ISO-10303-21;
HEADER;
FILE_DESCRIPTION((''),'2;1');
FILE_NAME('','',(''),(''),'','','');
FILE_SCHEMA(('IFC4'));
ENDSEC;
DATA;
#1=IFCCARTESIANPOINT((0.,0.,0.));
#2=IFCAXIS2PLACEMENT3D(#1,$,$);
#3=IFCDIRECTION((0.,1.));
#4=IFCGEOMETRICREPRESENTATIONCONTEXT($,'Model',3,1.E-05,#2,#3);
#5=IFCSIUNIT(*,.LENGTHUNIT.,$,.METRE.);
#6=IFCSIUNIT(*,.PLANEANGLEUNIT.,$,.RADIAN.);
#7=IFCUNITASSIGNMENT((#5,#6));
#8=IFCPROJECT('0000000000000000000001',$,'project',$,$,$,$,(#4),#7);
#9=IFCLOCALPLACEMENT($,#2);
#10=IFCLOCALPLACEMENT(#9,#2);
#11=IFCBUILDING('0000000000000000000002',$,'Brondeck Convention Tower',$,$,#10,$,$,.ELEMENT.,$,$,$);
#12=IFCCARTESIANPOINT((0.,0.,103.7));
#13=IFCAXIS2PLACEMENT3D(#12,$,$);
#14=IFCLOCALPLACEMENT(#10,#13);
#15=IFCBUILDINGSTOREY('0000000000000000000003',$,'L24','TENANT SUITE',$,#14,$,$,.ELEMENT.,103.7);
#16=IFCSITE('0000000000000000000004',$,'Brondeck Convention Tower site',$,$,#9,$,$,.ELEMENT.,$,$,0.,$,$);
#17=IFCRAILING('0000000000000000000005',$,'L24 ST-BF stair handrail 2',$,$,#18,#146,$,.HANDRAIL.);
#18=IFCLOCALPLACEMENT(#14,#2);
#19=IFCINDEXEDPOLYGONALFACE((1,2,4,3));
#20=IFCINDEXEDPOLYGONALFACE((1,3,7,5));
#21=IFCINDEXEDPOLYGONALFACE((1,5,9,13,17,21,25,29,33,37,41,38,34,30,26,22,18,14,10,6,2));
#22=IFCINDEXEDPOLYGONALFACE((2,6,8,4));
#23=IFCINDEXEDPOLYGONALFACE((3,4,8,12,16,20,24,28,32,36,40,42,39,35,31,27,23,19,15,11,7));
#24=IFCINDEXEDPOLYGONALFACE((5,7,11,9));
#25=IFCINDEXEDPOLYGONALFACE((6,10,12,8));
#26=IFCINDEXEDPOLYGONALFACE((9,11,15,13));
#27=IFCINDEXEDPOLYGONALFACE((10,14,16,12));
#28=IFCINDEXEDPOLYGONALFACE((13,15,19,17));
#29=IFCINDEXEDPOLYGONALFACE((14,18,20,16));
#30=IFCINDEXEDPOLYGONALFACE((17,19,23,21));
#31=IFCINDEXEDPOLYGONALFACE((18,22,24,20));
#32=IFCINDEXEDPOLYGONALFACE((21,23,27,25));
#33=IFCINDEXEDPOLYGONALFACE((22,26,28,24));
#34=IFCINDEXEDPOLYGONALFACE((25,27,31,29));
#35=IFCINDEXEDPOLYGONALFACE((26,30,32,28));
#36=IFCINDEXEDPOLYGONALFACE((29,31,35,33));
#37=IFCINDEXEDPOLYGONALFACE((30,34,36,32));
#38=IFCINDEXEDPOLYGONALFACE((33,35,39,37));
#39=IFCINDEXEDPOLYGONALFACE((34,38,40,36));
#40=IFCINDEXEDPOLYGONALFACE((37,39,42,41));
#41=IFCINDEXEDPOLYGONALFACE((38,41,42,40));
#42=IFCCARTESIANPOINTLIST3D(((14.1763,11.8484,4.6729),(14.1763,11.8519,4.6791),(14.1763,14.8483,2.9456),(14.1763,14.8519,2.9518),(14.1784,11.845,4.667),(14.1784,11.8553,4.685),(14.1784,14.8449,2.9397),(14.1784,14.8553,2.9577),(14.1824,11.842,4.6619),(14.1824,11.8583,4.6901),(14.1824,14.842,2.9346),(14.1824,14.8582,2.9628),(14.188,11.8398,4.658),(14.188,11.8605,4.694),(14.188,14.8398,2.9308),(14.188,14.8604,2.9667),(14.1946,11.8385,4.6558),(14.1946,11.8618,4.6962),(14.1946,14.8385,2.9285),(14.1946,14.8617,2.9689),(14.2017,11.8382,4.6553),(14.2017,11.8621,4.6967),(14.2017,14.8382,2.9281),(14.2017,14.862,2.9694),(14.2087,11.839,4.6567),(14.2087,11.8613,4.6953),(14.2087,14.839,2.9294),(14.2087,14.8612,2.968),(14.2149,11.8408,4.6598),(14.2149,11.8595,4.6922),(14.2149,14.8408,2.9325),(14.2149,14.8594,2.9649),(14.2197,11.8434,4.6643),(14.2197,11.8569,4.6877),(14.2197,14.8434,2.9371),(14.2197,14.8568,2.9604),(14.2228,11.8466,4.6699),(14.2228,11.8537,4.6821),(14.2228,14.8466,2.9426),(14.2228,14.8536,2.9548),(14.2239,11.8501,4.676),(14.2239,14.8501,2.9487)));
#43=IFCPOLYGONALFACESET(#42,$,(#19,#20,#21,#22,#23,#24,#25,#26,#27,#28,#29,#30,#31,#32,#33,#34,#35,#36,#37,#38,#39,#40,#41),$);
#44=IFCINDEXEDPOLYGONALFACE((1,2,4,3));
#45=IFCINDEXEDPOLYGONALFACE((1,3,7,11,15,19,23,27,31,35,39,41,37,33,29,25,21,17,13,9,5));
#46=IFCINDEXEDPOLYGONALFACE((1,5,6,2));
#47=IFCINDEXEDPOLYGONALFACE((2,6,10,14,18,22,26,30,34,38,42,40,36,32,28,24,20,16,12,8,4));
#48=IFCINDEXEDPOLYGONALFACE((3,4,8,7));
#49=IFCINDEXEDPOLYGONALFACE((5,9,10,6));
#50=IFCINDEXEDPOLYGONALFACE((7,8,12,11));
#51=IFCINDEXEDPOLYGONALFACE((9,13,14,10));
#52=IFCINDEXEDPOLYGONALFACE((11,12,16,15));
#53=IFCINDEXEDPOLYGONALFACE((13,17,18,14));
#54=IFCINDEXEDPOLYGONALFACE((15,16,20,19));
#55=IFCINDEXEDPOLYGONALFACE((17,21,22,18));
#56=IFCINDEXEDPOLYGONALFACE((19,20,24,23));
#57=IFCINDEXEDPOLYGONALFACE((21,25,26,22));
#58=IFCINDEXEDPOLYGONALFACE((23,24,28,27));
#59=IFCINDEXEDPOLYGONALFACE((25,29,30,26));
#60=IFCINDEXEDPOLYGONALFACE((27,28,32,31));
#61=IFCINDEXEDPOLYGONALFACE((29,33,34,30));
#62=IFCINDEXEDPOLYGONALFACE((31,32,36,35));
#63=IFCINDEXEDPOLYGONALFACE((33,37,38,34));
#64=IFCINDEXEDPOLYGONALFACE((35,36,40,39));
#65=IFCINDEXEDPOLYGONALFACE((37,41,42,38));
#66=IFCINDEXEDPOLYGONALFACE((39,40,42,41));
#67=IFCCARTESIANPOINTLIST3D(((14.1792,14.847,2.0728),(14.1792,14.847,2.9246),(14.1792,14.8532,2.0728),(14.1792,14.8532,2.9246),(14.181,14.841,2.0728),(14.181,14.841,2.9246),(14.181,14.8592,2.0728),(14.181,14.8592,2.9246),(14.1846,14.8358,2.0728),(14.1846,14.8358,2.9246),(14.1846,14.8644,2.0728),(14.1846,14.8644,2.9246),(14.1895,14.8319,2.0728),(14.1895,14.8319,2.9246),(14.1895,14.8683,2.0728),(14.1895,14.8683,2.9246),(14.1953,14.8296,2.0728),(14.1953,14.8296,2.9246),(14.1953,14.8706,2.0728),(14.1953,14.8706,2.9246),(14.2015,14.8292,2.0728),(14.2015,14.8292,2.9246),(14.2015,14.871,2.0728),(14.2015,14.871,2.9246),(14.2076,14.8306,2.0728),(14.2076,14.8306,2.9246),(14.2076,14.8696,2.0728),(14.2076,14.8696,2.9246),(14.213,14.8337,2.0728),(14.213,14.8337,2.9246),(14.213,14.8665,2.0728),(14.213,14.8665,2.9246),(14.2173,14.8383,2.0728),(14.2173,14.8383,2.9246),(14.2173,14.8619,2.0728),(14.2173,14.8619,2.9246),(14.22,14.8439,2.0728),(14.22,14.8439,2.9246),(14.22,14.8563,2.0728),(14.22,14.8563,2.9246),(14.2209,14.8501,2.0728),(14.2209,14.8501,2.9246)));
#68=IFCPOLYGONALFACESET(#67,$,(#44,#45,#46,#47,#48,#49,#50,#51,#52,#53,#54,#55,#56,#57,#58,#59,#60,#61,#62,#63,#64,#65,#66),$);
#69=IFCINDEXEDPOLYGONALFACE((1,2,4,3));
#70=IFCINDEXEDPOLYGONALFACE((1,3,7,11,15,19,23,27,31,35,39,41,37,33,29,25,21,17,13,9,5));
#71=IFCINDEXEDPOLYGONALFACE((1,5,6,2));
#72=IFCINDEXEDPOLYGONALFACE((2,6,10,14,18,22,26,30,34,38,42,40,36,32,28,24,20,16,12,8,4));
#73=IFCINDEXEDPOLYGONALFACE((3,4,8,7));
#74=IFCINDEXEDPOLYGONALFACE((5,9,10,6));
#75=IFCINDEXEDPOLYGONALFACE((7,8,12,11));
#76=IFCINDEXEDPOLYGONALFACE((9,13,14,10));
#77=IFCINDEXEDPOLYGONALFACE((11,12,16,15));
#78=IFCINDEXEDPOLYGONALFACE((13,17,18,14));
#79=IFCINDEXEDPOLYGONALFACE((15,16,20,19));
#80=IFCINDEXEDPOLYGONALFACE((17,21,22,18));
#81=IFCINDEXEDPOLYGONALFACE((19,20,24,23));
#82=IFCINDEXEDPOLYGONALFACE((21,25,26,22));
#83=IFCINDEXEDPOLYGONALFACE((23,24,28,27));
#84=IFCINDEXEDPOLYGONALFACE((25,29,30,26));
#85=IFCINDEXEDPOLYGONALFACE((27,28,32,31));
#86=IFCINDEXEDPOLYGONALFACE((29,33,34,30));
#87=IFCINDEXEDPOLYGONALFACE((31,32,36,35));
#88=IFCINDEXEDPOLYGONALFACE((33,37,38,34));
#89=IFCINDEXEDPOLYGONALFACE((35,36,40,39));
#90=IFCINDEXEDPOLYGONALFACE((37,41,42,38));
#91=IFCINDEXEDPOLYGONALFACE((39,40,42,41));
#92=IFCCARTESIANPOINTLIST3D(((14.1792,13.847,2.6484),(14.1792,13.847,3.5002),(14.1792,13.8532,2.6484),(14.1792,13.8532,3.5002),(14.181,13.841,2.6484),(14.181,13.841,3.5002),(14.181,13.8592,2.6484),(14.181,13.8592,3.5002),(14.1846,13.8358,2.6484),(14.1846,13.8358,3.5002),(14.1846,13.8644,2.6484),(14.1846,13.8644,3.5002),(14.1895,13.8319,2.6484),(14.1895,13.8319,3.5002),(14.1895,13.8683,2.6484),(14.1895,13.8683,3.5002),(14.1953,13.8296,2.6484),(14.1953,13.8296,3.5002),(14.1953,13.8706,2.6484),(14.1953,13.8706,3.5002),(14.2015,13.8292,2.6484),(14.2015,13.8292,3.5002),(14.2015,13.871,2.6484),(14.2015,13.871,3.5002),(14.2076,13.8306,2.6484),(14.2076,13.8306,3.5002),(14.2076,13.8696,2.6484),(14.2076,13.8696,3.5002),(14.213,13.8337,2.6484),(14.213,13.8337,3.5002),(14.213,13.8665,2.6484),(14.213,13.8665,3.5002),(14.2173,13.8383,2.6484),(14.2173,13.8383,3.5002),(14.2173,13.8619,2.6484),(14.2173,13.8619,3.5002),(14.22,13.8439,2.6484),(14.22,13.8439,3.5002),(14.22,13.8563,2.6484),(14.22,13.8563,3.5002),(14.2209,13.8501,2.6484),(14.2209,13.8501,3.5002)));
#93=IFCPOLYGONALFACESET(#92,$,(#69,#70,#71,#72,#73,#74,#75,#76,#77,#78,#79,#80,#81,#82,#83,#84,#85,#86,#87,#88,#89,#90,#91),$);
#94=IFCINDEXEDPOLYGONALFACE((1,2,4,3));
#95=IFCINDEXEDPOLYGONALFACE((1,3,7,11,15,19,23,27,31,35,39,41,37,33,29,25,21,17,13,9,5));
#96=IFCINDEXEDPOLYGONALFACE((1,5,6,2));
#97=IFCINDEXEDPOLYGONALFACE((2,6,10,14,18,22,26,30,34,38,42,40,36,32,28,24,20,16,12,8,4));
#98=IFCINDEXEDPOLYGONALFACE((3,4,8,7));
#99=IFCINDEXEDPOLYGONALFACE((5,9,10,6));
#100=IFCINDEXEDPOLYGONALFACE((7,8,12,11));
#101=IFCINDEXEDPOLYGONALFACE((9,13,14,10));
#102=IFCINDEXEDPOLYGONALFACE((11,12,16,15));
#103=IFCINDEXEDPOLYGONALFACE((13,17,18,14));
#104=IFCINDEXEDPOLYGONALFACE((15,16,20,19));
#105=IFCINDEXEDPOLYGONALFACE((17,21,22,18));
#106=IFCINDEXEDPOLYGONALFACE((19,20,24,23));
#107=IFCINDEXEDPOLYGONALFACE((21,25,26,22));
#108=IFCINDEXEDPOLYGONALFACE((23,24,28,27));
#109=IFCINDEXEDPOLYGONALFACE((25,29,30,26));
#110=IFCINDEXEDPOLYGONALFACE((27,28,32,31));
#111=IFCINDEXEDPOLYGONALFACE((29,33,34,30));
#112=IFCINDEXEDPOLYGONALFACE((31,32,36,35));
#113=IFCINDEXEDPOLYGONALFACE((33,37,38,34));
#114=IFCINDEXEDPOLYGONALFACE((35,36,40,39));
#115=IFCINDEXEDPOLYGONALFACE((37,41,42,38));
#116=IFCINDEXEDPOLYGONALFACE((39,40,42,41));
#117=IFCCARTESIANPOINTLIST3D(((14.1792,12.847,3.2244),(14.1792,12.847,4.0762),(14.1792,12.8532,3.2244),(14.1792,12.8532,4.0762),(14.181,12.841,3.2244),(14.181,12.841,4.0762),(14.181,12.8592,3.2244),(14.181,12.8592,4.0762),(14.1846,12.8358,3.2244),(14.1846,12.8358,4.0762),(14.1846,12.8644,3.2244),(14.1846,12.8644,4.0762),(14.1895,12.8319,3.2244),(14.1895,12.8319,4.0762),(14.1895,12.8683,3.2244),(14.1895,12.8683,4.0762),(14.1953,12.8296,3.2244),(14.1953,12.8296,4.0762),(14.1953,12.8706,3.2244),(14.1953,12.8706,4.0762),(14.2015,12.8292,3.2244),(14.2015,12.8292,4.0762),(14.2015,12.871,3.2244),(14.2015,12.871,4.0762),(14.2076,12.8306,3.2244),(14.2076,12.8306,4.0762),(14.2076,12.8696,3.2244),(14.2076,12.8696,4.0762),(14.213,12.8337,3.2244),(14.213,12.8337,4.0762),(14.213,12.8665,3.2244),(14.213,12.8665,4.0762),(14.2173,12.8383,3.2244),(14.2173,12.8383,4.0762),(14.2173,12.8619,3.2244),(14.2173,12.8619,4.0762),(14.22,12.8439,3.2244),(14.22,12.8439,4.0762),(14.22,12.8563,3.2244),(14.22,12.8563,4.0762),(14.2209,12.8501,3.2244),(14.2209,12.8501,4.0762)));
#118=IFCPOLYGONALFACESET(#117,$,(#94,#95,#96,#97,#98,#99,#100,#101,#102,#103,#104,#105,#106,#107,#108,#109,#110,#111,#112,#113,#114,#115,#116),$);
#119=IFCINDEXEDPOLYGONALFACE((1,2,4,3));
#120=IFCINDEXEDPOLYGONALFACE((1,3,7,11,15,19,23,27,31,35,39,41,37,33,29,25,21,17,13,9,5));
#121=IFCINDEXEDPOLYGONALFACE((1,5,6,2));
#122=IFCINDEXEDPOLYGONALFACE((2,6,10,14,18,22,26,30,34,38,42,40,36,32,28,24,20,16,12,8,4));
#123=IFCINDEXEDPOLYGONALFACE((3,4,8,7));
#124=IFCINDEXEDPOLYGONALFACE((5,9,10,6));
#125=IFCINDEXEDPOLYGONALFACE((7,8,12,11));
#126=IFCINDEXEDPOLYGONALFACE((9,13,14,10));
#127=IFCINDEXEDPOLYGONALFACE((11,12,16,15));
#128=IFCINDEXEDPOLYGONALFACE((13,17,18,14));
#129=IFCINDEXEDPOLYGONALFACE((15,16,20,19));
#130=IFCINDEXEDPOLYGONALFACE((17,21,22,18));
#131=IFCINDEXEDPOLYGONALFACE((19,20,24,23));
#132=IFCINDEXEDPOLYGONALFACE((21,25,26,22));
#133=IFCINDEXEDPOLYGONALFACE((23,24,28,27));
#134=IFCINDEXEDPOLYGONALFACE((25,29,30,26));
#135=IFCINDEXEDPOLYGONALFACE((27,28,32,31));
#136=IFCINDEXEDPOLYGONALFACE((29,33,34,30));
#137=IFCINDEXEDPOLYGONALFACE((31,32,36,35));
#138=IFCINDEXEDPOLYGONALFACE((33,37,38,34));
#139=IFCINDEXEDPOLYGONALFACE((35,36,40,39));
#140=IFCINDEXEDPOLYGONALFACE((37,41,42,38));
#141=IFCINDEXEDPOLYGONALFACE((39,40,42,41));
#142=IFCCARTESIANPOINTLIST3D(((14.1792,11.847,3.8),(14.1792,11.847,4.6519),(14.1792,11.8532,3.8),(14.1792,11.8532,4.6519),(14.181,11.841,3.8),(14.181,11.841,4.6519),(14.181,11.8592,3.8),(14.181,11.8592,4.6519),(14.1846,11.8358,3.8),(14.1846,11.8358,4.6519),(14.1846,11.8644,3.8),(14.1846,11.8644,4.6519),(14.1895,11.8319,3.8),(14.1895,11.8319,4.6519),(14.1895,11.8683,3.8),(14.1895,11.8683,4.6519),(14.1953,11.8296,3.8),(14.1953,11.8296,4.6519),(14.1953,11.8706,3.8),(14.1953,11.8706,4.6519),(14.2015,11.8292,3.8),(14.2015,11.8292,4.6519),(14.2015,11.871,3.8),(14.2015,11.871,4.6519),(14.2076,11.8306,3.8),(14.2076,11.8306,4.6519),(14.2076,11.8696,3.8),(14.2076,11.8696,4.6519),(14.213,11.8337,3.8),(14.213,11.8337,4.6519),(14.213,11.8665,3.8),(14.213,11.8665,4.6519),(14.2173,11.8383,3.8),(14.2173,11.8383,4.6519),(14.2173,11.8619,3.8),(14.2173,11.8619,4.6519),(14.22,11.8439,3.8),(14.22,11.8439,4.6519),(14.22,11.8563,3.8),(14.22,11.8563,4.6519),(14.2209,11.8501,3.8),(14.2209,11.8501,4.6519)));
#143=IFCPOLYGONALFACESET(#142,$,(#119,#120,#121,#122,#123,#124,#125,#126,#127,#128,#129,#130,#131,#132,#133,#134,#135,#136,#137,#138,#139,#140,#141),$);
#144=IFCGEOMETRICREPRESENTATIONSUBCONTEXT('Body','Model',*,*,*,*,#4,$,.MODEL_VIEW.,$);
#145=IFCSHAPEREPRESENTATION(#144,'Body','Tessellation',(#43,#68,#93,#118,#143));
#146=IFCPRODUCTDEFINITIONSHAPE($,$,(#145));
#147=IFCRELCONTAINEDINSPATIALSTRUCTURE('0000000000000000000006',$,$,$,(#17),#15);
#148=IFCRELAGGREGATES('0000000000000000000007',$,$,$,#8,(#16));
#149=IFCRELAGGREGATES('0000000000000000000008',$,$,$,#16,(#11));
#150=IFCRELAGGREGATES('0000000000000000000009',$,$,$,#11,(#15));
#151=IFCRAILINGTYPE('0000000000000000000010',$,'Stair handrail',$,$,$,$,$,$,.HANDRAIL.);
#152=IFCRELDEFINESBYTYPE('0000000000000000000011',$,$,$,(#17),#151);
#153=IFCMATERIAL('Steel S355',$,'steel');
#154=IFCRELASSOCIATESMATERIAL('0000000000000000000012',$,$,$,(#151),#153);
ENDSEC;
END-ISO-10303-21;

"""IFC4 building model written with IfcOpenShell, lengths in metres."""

from ifc_helpers import new_model, si_unit, direction, frame, origin, origin_2d, place, context, subcontext, project, spatial, circle, extrude, material, type_object, element, save


model = new_model("IFC4")

# Units and contexts
model_context = context("Model", 3, precision=1e-05, world=origin(), true_north=direction((0.0, 1.0)))
body_context = subcontext(model_context, "Body", "Model", "MODEL_VIEW")
ifc_project = project(units=[si_unit("LENGTHUNIT", "METRE"), si_unit("PLANEANGLEUNIT", "RADIAN")], contexts=[model_context])

# Site, building, storey
site_placement = place(None, origin())
site = spatial("IfcSite", under=ifc_project, at=site_placement, Name="Brondeck Convention Tower site", CompositionType="ELEMENT", RefElevation=0.0)
building_placement = place(site_placement, origin())
building = spatial("IfcBuilding", under=site, at=building_placement, Name="Brondeck Convention Tower", CompositionType="ELEMENT")
storey_placement = place(building_placement, frame((0.0, 0.0, 103.7)))
storey = spatial("IfcBuildingStorey", under=building, at=storey_placement, Name="L24", Description="TENANT SUITE", CompositionType="ELEMENT", Elevation=103.7)

# Shared definitions
ifc_material_1 = material(Name="Steel S355", Category="steel")

# Railing
railing_type_1 = type_object("IfcRailingType", Name="Stair handrail", PredefinedType="HANDRAIL", material=ifc_material_1)
railing_1_placement = place(storey_placement, frame((14.2, 14.8501, 2.0728)))
element("IfcRailing", 1, at=railing_1_placement, inside=storey, type_object=railing_type_1, Name="L24 ST-BF stair handrail 2", PredefinedType="HANDRAIL", context=body_context, shape_type="SweptSolid", body=[
    extrude(circle(Radius=0.0239, at=origin_2d()), frame((0.0, 0.0, 0.876), z_axis=(0.0, -0.86662, 0.498969), x_axis=(1.0, 0.0, 0.0)), (0.0, 0.0, 1.0), 3.4617),
    extrude(circle(Radius=0.021, at=origin_2d()), origin(), (0.0, 0.0, 1.0), 0.8518),
    extrude(circle(Radius=0.021, at=origin_2d()), frame((0.0, -1.0, 0.5757)), (0.0, 0.0, 1.0), 0.8518),
    extrude(circle(Radius=0.021, at=origin_2d()), frame((0.0, -2.0, 1.1516)), (0.0, 0.0, 1.0), 0.8518),
    extrude(circle(Radius=0.021, at=origin_2d()), frame((0.0, -3.0, 1.7273)), (0.0, 0.0, 1.0), 0.8518),
])

save(model, "model.ifc")
